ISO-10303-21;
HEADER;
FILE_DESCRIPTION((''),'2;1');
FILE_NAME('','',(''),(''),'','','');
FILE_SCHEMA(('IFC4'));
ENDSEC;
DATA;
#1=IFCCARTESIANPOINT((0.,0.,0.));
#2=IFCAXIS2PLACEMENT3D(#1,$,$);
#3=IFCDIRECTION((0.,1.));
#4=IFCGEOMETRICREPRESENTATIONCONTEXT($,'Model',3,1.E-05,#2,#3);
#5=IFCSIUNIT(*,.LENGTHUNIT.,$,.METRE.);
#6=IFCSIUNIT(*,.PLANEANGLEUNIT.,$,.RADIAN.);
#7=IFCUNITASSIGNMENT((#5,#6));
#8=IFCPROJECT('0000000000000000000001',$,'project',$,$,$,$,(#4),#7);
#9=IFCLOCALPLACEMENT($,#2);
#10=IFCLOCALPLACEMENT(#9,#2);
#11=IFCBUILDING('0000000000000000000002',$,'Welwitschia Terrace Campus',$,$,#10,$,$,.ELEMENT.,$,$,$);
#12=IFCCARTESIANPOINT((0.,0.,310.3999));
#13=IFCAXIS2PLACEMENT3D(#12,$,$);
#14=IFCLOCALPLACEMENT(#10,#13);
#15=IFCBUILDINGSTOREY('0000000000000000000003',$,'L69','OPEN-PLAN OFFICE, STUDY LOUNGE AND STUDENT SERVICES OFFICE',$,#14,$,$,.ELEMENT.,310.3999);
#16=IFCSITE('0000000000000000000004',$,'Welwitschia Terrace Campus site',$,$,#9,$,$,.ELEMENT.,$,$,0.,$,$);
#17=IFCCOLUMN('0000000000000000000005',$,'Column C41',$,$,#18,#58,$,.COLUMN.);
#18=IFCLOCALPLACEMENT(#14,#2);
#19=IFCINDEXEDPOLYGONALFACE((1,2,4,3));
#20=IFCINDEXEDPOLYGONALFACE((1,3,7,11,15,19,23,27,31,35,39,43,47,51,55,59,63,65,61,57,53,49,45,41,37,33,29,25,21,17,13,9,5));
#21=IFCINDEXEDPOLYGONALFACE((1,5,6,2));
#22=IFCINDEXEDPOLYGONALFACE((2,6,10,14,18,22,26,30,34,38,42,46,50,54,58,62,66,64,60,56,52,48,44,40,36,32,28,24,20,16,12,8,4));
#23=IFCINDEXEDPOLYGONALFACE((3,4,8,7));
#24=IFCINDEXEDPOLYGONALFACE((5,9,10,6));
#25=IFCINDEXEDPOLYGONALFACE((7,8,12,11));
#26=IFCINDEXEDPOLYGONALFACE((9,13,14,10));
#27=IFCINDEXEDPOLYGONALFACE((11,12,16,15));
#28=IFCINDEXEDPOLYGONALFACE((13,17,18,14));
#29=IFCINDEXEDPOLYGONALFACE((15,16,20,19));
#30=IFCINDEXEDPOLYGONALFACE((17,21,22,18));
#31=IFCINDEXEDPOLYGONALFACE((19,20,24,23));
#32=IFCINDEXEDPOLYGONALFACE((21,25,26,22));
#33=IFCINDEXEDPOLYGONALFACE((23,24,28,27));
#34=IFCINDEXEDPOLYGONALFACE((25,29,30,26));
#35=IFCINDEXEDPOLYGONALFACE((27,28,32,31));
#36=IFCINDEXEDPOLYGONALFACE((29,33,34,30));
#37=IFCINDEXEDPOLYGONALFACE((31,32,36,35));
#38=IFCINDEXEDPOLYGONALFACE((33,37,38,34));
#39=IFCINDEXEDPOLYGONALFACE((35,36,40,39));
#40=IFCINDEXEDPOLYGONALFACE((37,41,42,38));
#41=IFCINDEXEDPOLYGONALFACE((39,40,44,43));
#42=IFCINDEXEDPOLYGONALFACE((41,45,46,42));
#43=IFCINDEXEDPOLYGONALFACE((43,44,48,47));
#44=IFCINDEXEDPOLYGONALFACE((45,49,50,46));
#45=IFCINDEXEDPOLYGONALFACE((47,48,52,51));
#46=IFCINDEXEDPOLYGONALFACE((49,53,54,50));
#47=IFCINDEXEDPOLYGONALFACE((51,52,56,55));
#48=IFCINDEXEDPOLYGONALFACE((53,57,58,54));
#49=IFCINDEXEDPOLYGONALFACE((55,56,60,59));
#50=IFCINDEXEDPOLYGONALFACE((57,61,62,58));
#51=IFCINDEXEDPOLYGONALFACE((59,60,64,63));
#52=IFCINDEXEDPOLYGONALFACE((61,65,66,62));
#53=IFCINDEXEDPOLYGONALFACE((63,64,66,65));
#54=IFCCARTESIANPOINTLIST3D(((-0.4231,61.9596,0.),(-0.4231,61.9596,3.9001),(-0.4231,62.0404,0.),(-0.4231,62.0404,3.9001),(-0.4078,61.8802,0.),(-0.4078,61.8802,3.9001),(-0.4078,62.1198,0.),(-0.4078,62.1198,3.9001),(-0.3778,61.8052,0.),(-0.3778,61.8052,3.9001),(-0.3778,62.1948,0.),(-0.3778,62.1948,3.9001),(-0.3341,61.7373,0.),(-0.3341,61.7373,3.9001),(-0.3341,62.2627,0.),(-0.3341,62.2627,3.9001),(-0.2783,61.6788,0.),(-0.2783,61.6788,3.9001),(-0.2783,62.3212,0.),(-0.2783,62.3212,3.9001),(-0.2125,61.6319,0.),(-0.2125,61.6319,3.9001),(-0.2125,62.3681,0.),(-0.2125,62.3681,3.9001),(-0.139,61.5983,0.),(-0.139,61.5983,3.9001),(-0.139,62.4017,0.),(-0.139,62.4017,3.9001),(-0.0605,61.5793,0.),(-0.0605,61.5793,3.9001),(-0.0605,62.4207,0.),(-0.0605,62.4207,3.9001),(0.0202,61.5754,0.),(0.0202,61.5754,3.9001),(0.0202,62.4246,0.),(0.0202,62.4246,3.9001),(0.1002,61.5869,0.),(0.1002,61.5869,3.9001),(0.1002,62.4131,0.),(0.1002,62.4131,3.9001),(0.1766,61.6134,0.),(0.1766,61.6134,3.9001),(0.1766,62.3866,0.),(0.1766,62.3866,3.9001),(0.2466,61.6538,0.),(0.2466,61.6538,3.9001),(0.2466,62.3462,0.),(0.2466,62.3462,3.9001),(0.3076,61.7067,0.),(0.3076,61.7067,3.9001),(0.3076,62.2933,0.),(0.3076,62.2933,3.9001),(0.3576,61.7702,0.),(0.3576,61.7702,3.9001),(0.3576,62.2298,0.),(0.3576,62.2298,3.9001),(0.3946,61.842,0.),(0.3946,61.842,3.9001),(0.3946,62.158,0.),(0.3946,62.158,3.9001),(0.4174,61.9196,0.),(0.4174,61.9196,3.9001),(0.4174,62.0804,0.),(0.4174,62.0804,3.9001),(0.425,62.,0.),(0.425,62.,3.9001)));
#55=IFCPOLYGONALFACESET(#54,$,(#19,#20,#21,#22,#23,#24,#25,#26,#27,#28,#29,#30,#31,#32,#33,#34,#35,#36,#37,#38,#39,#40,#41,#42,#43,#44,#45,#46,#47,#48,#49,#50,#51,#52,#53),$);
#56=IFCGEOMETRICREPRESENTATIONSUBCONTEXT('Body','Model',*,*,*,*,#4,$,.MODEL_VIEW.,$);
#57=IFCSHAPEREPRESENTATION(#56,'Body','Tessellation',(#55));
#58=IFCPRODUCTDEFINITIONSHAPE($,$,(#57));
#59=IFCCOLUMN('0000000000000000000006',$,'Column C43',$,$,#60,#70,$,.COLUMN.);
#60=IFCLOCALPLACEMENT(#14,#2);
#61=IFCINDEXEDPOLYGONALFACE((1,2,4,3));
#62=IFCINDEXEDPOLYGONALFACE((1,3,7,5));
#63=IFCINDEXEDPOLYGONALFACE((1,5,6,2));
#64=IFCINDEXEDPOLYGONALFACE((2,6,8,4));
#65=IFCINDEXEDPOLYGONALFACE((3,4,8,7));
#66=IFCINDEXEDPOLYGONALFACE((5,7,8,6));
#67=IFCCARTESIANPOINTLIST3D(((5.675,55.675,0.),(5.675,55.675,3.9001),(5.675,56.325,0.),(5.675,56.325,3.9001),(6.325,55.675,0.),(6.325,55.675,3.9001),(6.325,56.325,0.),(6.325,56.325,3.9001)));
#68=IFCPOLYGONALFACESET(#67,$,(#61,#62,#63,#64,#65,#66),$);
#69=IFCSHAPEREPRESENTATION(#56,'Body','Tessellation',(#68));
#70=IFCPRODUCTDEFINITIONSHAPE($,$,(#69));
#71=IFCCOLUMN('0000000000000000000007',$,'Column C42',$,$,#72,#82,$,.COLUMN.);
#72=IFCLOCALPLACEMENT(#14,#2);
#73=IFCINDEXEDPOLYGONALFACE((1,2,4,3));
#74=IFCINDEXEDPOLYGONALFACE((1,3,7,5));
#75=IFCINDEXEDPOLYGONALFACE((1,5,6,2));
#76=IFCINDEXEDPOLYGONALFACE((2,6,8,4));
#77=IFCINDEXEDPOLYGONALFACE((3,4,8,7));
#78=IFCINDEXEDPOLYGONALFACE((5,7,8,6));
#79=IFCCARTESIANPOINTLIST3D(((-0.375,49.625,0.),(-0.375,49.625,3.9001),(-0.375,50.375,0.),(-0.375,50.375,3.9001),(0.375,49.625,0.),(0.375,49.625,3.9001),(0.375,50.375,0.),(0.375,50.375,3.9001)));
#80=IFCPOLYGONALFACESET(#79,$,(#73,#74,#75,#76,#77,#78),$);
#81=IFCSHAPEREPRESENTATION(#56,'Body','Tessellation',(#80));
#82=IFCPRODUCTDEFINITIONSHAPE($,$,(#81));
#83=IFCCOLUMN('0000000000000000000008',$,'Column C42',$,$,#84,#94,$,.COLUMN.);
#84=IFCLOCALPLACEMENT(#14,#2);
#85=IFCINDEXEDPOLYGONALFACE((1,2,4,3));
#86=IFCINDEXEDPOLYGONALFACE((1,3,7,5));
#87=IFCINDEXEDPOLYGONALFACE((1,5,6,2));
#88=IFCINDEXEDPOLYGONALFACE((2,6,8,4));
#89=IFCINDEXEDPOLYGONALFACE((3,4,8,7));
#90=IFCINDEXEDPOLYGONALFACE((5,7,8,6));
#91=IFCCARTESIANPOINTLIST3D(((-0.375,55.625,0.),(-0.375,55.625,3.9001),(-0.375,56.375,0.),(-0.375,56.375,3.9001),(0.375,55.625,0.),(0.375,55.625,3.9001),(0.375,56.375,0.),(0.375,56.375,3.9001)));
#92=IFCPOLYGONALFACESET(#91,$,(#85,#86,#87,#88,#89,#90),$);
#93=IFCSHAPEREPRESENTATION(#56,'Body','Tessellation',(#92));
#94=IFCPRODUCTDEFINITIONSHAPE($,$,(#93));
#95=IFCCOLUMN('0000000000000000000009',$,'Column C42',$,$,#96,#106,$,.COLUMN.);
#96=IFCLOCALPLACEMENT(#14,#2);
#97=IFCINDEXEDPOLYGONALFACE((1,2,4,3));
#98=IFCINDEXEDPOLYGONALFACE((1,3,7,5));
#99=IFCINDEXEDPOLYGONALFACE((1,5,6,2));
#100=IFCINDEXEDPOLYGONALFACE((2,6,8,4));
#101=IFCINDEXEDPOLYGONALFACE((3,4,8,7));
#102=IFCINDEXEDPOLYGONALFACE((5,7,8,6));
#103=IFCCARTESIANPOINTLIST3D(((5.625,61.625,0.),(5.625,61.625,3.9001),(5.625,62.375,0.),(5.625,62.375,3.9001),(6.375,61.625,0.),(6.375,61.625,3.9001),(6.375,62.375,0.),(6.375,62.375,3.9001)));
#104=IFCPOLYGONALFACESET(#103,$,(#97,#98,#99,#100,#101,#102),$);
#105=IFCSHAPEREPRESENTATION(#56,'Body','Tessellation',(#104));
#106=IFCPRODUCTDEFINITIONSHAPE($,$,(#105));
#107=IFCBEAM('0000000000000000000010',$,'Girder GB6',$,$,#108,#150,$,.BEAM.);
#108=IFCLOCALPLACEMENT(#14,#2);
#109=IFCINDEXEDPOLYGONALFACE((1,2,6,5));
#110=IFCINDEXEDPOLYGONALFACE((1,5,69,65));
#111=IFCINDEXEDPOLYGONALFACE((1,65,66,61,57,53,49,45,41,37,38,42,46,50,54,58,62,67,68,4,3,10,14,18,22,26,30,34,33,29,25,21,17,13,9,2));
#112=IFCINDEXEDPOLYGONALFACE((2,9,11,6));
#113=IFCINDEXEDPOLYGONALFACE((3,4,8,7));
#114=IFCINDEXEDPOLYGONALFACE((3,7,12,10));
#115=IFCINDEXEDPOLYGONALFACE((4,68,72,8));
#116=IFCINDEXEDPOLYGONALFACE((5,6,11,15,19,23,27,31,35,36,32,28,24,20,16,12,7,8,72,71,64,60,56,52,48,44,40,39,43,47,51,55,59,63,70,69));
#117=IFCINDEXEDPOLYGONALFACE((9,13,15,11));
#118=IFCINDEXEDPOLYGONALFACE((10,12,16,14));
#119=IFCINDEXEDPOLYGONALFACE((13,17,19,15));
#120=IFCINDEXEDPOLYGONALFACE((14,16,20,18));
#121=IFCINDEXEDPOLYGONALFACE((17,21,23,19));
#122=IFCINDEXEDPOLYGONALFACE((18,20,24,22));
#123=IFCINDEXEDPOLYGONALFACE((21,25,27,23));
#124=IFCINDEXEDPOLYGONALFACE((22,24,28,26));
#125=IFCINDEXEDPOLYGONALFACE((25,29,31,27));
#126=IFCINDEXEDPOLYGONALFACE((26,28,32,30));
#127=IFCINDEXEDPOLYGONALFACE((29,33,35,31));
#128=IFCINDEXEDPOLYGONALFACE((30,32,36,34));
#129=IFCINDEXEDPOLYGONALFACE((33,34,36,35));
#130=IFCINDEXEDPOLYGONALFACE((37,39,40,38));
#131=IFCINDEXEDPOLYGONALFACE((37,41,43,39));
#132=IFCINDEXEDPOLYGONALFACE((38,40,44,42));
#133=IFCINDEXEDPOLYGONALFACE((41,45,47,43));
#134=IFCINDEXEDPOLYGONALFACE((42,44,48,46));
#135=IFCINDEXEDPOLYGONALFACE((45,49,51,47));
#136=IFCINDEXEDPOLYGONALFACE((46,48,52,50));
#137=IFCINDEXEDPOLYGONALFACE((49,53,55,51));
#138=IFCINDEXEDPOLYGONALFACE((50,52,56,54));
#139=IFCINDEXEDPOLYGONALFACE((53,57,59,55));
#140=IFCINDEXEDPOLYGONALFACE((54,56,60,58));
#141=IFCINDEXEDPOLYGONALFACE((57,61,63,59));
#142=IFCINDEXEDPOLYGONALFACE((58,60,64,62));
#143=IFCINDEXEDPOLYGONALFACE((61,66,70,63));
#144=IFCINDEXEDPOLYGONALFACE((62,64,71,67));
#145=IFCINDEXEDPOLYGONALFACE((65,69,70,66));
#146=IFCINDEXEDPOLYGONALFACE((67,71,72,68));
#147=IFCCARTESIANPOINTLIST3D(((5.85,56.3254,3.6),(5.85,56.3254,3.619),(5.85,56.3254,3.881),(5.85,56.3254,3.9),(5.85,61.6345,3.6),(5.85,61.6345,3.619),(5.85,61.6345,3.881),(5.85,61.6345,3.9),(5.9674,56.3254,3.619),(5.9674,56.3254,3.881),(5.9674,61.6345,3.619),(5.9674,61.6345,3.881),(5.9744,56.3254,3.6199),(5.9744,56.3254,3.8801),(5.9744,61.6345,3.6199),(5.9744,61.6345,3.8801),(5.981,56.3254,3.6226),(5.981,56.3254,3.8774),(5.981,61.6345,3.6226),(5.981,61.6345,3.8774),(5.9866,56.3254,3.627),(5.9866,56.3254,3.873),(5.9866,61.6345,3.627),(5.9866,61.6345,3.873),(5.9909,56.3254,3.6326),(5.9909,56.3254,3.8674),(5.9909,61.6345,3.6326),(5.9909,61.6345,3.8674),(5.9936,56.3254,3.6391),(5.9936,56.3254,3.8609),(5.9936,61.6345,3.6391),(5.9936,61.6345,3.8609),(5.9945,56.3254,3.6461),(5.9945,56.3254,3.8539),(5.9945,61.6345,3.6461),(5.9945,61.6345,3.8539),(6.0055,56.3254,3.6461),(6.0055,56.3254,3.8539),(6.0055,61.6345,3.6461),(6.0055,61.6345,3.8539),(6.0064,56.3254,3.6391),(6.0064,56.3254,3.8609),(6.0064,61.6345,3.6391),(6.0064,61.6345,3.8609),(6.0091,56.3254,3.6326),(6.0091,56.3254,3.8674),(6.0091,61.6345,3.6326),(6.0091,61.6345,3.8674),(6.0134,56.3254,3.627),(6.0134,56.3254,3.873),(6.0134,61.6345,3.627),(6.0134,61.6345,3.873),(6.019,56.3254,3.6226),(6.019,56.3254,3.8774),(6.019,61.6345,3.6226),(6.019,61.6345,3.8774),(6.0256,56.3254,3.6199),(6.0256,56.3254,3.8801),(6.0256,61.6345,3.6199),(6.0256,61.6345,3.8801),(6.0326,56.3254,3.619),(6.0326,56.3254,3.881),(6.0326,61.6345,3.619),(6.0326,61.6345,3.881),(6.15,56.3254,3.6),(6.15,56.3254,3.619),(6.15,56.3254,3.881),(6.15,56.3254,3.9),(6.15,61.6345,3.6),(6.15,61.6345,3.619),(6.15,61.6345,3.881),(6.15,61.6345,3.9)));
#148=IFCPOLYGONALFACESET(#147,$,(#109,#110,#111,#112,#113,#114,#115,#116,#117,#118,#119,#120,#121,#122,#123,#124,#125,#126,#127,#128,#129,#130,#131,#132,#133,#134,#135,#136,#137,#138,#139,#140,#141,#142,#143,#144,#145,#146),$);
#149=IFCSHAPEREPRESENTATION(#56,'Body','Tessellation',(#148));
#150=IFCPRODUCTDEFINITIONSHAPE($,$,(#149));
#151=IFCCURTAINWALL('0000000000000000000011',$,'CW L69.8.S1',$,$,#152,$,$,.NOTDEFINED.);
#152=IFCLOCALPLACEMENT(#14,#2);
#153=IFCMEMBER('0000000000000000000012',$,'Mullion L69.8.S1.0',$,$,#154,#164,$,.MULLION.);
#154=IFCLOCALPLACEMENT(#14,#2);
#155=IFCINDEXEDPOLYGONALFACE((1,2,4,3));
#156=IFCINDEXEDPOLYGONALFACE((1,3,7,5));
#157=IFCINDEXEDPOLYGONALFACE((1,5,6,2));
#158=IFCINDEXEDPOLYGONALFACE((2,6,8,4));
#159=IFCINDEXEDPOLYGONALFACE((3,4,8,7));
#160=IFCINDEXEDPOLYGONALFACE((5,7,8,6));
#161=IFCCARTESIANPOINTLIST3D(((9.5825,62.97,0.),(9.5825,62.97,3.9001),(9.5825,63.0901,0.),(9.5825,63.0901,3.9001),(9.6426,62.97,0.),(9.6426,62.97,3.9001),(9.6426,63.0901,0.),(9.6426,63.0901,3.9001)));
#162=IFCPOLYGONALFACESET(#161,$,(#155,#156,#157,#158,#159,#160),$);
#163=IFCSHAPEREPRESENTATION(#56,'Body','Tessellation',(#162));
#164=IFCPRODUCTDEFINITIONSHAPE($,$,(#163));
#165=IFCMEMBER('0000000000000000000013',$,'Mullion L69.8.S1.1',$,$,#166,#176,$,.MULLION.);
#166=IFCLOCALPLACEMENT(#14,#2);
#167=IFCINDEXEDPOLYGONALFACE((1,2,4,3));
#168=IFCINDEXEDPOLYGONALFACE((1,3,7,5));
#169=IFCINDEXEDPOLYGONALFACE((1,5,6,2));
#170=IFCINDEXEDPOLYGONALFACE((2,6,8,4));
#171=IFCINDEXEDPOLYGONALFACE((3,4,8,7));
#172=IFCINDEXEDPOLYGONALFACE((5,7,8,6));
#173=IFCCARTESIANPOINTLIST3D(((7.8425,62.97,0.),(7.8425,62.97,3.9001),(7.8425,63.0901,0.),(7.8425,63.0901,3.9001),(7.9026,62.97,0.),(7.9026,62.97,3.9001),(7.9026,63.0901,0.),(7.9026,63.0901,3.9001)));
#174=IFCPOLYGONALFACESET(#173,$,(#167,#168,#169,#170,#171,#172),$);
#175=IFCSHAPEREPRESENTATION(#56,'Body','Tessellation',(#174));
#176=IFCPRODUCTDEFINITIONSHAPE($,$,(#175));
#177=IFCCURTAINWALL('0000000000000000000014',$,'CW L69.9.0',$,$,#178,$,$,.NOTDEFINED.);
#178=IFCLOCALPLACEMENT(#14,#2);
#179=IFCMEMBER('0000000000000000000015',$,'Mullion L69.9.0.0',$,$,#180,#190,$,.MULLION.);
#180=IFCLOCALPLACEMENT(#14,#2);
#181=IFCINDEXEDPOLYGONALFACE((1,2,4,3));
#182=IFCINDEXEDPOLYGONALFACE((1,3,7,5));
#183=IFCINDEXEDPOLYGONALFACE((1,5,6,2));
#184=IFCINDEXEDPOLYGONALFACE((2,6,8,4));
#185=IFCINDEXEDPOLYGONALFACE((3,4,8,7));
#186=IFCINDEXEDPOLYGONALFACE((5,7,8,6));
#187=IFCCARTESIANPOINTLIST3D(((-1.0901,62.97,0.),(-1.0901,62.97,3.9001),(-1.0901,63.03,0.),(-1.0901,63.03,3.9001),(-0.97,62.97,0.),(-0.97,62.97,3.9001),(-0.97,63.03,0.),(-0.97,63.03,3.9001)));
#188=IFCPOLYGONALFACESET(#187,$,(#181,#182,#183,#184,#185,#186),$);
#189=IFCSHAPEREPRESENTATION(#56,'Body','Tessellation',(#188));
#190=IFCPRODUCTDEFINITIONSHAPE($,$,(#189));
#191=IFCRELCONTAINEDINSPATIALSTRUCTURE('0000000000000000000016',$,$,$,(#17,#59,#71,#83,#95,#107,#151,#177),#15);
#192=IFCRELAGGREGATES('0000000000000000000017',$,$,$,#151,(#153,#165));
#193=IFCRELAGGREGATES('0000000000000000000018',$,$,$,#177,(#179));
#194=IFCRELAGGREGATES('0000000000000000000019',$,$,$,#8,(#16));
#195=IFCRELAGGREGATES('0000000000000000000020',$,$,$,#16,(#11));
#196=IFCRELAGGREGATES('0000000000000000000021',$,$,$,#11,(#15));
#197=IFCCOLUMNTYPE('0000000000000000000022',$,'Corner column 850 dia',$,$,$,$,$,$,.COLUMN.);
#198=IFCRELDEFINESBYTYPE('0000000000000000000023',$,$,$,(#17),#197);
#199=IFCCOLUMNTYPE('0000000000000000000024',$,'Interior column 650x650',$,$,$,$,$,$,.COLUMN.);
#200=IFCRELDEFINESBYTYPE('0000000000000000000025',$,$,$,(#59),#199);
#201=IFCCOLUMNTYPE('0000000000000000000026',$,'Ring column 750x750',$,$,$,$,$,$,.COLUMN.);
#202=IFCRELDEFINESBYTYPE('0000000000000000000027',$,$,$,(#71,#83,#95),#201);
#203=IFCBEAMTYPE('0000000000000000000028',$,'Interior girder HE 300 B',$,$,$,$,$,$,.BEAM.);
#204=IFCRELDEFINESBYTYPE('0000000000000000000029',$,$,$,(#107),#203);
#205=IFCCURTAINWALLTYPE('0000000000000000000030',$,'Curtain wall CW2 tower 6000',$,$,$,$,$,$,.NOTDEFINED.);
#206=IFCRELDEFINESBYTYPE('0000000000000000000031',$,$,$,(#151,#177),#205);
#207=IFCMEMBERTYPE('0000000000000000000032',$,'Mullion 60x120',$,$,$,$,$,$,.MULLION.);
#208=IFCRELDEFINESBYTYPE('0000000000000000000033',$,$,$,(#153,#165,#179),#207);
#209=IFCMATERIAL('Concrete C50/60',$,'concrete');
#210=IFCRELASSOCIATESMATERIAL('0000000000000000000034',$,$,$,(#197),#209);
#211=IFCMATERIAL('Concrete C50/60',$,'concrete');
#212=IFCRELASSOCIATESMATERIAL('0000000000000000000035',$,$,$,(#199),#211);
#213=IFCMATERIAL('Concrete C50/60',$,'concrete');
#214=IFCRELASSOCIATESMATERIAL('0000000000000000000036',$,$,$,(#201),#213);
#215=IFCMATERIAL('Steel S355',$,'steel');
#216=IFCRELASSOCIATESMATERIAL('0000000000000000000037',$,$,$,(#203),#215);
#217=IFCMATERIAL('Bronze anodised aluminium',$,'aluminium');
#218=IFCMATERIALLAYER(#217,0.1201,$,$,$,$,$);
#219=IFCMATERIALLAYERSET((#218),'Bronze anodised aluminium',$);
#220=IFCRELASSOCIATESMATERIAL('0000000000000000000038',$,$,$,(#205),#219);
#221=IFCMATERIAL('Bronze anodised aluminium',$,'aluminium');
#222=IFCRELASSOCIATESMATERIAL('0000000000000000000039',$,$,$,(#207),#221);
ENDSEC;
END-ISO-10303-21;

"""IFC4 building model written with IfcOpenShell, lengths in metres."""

from ifc_helpers import new_model, si_unit, direction, frame, origin, origin_2d, place, context, subcontext, project, spatial, rectangle, circle, i_section, extrude, material, layer, layer_set, material_profile, profile_set, type_object, element, aggregate, save


model = new_model("IFC4")

# Units and contexts
model_context = context("Model", 3, precision=1e-05, world=origin(), true_north=direction((0.0, 1.0)))
body_context = subcontext(model_context, "Body", "Model", "MODEL_VIEW")
ifc_project = project(units=[si_unit("LENGTHUNIT", "METRE"), si_unit("PLANEANGLEUNIT", "RADIAN")], contexts=[model_context])

# Site, building, storey
site_placement = place(None, origin())
site = spatial("IfcSite", under=ifc_project, at=site_placement, Name="Welwitschia Terrace Campus site", CompositionType="ELEMENT", RefElevation=0.0)
building_placement = place(site_placement, origin())
building = spatial("IfcBuilding", under=site, at=building_placement, Name="Welwitschia Terrace Campus", CompositionType="ELEMENT")
storey_placement = place(building_placement, frame((0.0, 0.0, 310.3999)))
storey = spatial("IfcBuildingStorey", under=building, at=storey_placement, Name="L69", Description="OPEN-PLAN OFFICE, STUDY LOUNGE AND STUDENT SERVICES OFFICE", CompositionType="ELEMENT", Elevation=310.3999)

# Columns
ifc_material_1 = material(Name="Concrete C50/60", Category="concrete")
ifc_material_profile_1 = material_profile(ifc_material_1, circle(Radius=0.425, at=origin_2d()))
ifc_profile_set_1 = profile_set([ifc_material_profile_1], Name="Concrete C50/60")
column_type_1 = type_object("IfcColumnType", Name="Corner column 850 dia", PredefinedType="COLUMN", material=ifc_profile_set_1)
column_1_placement = place(storey_placement, frame((0.0, 62.0, 0.0), z_axis=(0.0, 0.0, 1.0), x_axis=(1.0, 0.0, 0.0)))
element("IfcColumn", 1, at=column_1_placement, inside=storey, type_object=column_type_1, Name="Column C41", PredefinedType="COLUMN", context=body_context, shape_type="SweptSolid", body=[
    extrude(circle(Radius=0.425, at=origin_2d()), origin(), (0.0, 0.0, 1.0), 3.9001),
])
ifc_material_2 = material(Name="Concrete C50/60", Category="concrete")
ifc_material_profile_2 = material_profile(ifc_material_2, rectangle(XDim=0.6499, YDim=0.6499, at=origin_2d()))
ifc_profile_set_2 = profile_set([ifc_material_profile_2], Name="Concrete C50/60")
column_type_2 = type_object("IfcColumnType", Name="Interior column 650x650", PredefinedType="COLUMN", material=ifc_profile_set_2)
column_2_placement = place(storey_placement, frame((6.0, 56.0, 0.0), z_axis=(0.0, 0.0, 1.0), x_axis=(1.0, 0.0, 0.0)))
element("IfcColumn", 2, at=column_2_placement, inside=storey, type_object=column_type_2, Name="Column C43", PredefinedType="COLUMN", context=body_context, shape_type="SweptSolid", body=[
    extrude(rectangle(XDim=0.6499, YDim=0.6499, at=origin_2d()), origin(), (0.0, 0.0, 1.0), 3.9001),
])
ifc_material_3 = material(Name="Concrete C50/60", Category="concrete")
ifc_material_profile_3 = material_profile(ifc_material_3, rectangle(XDim=0.75, YDim=0.75, at=origin_2d()))
ifc_profile_set_3 = profile_set([ifc_material_profile_3], Name="Concrete C50/60")
column_type_3 = type_object("IfcColumnType", Name="Ring column 750x750", PredefinedType="COLUMN", material=ifc_profile_set_3)
for number, where, z_axis, x_axis, name in (
    (3, (0.0, 50.0, 0.0), (0.0, 0.0, 1.0), (1.0, 0.0, 0.0), "Column C42"),
    (4, (0.0, 56.0, 0.0), (0.0, 0.0, 1.0), (1.0, 0.0, 0.0), "Column C42"),
    (5, (6.0, 62.0, 0.0), (0.0, 0.0, 1.0), (1.0, 0.0, 0.0), "Column C42"),
):
    element("IfcColumn", number, at=place(storey_placement, frame(where, z_axis=z_axis, x_axis=x_axis)), inside=storey, type_object=column_type_3, Name=name, PredefinedType="COLUMN", context=body_context, shape_type="SweptSolid", body=[
        extrude(rectangle(XDim=0.75, YDim=0.75, at=origin_2d()), origin(), (0.0, 0.0, 1.0), 3.9001),
    ])

# Beam
ifc_material_4 = material(Name="Steel S355", Category="steel")
ifc_material_profile_4 = material_profile(ifc_material_4, i_section(OverallWidth=0.3, OverallDepth=0.3, WebThickness=0.011, FlangeThickness=0.019, FilletRadius=0.0271, at=origin_2d()))
ifc_profile_set_4 = profile_set([ifc_material_profile_4], Name="Steel S355")
beam_type_1 = type_object("IfcBeamType", Name="Interior girder HE 300 B", PredefinedType="BEAM", material=ifc_profile_set_4)
beam_1_placement = place(storey_placement, frame((6.0, 56.3254, 3.75), z_axis=(0.0, 1.0, 0.0), x_axis=(-1.0, 0.0, 0.0)))
element("IfcBeam", 6, at=beam_1_placement, inside=storey, type_object=beam_type_1, Name="Girder GB6", PredefinedType="BEAM", context=body_context, shape_type="SweptSolid", body=[
    extrude(i_section(OverallWidth=0.3, OverallDepth=0.3, WebThickness=0.011, FlangeThickness=0.019, FilletRadius=0.0271, at=origin_2d()), origin(), (0.0, 0.0, 1.0), 5.3091),
])

# Curtain walls, members
ifc_material_5 = material(Name="Bronze anodised aluminium", Category="aluminium")
ifc_layer_1 = layer(ifc_material_5, 0.1201)
ifc_layer_set_1 = layer_set([ifc_layer_1], Name="Bronze anodised aluminium")
curtain_wall_type = type_object("IfcCurtainWallType", Name="Curtain wall CW2 tower 6000", PredefinedType="NOTDEFINED", material=ifc_layer_set_1)
curtain_wall_1_placement = place(storey_placement, origin())
curtain_wall_1 = element("IfcCurtainWall", 7, at=curtain_wall_1_placement, inside=storey, type_object=curtain_wall_type, Name="CW L69.8.S1", PredefinedType="NOTDEFINED")
ifc_material_6 = material(Name="Bronze anodised aluminium", Category="aluminium")
ifc_material_profile_5 = material_profile(ifc_material_6, rectangle(XDim=0.1201, YDim=0.0601, at=origin_2d()))
ifc_profile_set_5 = profile_set([ifc_material_profile_5], Name="Bronze anodised aluminium")
member_type_1 = type_object("IfcMemberType", Name="Mullion 60x120", PredefinedType="MULLION", material=ifc_profile_set_5)
member_1_placement = place(storey_placement, frame((9.6125, 63.03, 0.0), z_axis=(0.0, 0.0, 1.0), x_axis=(0.0, -1.0, 0.0)))
member_1 = element("IfcMember", 8, at=member_1_placement, type_object=member_type_1, Name="Mullion L69.8.S1.0", PredefinedType="MULLION", context=body_context, shape_type="SweptSolid", body=[
    extrude(rectangle(XDim=0.1201, YDim=0.0601, at=origin_2d()), origin(), (0.0, 0.0, 1.0), 3.9001),
])
member_2_placement = place(storey_placement, frame((7.8726, 63.03, 0.0), z_axis=(0.0, 0.0, 1.0), x_axis=(0.0, -1.0, 0.0)))
member_2 = element("IfcMember", 9, at=member_2_placement, type_object=member_type_1, Name="Mullion L69.8.S1.1", PredefinedType="MULLION", context=body_context, shape_type="SweptSolid", body=[
    extrude(rectangle(XDim=0.1201, YDim=0.0601, at=origin_2d()), origin(), (0.0, 0.0, 1.0), 3.9001),
])
curtain_wall_2_placement = place(storey_placement, origin())
curtain_wall_2 = element("IfcCurtainWall", 10, at=curtain_wall_2_placement, inside=storey, type_object=curtain_wall_type, Name="CW L69.9.0", PredefinedType="NOTDEFINED")
member_3_placement = place(storey_placement, frame((-1.03, 63.0, 0.0), z_axis=(0.0, 0.0, 1.0), x_axis=(1.0, 0.0, 0.0)))
member_3 = element("IfcMember", 11, at=member_3_placement, type_object=member_type_1, Name="Mullion L69.9.0.0", PredefinedType="MULLION", context=body_context, shape_type="SweptSolid", body=[
    extrude(rectangle(XDim=0.1201, YDim=0.0601, at=origin_2d()), origin(), (0.0, 0.0, 1.0), 3.9001),
])

aggregate(curtain_wall_1, [member_1, member_2])
aggregate(curtain_wall_2, [member_3])

save(model, "model.ifc")
